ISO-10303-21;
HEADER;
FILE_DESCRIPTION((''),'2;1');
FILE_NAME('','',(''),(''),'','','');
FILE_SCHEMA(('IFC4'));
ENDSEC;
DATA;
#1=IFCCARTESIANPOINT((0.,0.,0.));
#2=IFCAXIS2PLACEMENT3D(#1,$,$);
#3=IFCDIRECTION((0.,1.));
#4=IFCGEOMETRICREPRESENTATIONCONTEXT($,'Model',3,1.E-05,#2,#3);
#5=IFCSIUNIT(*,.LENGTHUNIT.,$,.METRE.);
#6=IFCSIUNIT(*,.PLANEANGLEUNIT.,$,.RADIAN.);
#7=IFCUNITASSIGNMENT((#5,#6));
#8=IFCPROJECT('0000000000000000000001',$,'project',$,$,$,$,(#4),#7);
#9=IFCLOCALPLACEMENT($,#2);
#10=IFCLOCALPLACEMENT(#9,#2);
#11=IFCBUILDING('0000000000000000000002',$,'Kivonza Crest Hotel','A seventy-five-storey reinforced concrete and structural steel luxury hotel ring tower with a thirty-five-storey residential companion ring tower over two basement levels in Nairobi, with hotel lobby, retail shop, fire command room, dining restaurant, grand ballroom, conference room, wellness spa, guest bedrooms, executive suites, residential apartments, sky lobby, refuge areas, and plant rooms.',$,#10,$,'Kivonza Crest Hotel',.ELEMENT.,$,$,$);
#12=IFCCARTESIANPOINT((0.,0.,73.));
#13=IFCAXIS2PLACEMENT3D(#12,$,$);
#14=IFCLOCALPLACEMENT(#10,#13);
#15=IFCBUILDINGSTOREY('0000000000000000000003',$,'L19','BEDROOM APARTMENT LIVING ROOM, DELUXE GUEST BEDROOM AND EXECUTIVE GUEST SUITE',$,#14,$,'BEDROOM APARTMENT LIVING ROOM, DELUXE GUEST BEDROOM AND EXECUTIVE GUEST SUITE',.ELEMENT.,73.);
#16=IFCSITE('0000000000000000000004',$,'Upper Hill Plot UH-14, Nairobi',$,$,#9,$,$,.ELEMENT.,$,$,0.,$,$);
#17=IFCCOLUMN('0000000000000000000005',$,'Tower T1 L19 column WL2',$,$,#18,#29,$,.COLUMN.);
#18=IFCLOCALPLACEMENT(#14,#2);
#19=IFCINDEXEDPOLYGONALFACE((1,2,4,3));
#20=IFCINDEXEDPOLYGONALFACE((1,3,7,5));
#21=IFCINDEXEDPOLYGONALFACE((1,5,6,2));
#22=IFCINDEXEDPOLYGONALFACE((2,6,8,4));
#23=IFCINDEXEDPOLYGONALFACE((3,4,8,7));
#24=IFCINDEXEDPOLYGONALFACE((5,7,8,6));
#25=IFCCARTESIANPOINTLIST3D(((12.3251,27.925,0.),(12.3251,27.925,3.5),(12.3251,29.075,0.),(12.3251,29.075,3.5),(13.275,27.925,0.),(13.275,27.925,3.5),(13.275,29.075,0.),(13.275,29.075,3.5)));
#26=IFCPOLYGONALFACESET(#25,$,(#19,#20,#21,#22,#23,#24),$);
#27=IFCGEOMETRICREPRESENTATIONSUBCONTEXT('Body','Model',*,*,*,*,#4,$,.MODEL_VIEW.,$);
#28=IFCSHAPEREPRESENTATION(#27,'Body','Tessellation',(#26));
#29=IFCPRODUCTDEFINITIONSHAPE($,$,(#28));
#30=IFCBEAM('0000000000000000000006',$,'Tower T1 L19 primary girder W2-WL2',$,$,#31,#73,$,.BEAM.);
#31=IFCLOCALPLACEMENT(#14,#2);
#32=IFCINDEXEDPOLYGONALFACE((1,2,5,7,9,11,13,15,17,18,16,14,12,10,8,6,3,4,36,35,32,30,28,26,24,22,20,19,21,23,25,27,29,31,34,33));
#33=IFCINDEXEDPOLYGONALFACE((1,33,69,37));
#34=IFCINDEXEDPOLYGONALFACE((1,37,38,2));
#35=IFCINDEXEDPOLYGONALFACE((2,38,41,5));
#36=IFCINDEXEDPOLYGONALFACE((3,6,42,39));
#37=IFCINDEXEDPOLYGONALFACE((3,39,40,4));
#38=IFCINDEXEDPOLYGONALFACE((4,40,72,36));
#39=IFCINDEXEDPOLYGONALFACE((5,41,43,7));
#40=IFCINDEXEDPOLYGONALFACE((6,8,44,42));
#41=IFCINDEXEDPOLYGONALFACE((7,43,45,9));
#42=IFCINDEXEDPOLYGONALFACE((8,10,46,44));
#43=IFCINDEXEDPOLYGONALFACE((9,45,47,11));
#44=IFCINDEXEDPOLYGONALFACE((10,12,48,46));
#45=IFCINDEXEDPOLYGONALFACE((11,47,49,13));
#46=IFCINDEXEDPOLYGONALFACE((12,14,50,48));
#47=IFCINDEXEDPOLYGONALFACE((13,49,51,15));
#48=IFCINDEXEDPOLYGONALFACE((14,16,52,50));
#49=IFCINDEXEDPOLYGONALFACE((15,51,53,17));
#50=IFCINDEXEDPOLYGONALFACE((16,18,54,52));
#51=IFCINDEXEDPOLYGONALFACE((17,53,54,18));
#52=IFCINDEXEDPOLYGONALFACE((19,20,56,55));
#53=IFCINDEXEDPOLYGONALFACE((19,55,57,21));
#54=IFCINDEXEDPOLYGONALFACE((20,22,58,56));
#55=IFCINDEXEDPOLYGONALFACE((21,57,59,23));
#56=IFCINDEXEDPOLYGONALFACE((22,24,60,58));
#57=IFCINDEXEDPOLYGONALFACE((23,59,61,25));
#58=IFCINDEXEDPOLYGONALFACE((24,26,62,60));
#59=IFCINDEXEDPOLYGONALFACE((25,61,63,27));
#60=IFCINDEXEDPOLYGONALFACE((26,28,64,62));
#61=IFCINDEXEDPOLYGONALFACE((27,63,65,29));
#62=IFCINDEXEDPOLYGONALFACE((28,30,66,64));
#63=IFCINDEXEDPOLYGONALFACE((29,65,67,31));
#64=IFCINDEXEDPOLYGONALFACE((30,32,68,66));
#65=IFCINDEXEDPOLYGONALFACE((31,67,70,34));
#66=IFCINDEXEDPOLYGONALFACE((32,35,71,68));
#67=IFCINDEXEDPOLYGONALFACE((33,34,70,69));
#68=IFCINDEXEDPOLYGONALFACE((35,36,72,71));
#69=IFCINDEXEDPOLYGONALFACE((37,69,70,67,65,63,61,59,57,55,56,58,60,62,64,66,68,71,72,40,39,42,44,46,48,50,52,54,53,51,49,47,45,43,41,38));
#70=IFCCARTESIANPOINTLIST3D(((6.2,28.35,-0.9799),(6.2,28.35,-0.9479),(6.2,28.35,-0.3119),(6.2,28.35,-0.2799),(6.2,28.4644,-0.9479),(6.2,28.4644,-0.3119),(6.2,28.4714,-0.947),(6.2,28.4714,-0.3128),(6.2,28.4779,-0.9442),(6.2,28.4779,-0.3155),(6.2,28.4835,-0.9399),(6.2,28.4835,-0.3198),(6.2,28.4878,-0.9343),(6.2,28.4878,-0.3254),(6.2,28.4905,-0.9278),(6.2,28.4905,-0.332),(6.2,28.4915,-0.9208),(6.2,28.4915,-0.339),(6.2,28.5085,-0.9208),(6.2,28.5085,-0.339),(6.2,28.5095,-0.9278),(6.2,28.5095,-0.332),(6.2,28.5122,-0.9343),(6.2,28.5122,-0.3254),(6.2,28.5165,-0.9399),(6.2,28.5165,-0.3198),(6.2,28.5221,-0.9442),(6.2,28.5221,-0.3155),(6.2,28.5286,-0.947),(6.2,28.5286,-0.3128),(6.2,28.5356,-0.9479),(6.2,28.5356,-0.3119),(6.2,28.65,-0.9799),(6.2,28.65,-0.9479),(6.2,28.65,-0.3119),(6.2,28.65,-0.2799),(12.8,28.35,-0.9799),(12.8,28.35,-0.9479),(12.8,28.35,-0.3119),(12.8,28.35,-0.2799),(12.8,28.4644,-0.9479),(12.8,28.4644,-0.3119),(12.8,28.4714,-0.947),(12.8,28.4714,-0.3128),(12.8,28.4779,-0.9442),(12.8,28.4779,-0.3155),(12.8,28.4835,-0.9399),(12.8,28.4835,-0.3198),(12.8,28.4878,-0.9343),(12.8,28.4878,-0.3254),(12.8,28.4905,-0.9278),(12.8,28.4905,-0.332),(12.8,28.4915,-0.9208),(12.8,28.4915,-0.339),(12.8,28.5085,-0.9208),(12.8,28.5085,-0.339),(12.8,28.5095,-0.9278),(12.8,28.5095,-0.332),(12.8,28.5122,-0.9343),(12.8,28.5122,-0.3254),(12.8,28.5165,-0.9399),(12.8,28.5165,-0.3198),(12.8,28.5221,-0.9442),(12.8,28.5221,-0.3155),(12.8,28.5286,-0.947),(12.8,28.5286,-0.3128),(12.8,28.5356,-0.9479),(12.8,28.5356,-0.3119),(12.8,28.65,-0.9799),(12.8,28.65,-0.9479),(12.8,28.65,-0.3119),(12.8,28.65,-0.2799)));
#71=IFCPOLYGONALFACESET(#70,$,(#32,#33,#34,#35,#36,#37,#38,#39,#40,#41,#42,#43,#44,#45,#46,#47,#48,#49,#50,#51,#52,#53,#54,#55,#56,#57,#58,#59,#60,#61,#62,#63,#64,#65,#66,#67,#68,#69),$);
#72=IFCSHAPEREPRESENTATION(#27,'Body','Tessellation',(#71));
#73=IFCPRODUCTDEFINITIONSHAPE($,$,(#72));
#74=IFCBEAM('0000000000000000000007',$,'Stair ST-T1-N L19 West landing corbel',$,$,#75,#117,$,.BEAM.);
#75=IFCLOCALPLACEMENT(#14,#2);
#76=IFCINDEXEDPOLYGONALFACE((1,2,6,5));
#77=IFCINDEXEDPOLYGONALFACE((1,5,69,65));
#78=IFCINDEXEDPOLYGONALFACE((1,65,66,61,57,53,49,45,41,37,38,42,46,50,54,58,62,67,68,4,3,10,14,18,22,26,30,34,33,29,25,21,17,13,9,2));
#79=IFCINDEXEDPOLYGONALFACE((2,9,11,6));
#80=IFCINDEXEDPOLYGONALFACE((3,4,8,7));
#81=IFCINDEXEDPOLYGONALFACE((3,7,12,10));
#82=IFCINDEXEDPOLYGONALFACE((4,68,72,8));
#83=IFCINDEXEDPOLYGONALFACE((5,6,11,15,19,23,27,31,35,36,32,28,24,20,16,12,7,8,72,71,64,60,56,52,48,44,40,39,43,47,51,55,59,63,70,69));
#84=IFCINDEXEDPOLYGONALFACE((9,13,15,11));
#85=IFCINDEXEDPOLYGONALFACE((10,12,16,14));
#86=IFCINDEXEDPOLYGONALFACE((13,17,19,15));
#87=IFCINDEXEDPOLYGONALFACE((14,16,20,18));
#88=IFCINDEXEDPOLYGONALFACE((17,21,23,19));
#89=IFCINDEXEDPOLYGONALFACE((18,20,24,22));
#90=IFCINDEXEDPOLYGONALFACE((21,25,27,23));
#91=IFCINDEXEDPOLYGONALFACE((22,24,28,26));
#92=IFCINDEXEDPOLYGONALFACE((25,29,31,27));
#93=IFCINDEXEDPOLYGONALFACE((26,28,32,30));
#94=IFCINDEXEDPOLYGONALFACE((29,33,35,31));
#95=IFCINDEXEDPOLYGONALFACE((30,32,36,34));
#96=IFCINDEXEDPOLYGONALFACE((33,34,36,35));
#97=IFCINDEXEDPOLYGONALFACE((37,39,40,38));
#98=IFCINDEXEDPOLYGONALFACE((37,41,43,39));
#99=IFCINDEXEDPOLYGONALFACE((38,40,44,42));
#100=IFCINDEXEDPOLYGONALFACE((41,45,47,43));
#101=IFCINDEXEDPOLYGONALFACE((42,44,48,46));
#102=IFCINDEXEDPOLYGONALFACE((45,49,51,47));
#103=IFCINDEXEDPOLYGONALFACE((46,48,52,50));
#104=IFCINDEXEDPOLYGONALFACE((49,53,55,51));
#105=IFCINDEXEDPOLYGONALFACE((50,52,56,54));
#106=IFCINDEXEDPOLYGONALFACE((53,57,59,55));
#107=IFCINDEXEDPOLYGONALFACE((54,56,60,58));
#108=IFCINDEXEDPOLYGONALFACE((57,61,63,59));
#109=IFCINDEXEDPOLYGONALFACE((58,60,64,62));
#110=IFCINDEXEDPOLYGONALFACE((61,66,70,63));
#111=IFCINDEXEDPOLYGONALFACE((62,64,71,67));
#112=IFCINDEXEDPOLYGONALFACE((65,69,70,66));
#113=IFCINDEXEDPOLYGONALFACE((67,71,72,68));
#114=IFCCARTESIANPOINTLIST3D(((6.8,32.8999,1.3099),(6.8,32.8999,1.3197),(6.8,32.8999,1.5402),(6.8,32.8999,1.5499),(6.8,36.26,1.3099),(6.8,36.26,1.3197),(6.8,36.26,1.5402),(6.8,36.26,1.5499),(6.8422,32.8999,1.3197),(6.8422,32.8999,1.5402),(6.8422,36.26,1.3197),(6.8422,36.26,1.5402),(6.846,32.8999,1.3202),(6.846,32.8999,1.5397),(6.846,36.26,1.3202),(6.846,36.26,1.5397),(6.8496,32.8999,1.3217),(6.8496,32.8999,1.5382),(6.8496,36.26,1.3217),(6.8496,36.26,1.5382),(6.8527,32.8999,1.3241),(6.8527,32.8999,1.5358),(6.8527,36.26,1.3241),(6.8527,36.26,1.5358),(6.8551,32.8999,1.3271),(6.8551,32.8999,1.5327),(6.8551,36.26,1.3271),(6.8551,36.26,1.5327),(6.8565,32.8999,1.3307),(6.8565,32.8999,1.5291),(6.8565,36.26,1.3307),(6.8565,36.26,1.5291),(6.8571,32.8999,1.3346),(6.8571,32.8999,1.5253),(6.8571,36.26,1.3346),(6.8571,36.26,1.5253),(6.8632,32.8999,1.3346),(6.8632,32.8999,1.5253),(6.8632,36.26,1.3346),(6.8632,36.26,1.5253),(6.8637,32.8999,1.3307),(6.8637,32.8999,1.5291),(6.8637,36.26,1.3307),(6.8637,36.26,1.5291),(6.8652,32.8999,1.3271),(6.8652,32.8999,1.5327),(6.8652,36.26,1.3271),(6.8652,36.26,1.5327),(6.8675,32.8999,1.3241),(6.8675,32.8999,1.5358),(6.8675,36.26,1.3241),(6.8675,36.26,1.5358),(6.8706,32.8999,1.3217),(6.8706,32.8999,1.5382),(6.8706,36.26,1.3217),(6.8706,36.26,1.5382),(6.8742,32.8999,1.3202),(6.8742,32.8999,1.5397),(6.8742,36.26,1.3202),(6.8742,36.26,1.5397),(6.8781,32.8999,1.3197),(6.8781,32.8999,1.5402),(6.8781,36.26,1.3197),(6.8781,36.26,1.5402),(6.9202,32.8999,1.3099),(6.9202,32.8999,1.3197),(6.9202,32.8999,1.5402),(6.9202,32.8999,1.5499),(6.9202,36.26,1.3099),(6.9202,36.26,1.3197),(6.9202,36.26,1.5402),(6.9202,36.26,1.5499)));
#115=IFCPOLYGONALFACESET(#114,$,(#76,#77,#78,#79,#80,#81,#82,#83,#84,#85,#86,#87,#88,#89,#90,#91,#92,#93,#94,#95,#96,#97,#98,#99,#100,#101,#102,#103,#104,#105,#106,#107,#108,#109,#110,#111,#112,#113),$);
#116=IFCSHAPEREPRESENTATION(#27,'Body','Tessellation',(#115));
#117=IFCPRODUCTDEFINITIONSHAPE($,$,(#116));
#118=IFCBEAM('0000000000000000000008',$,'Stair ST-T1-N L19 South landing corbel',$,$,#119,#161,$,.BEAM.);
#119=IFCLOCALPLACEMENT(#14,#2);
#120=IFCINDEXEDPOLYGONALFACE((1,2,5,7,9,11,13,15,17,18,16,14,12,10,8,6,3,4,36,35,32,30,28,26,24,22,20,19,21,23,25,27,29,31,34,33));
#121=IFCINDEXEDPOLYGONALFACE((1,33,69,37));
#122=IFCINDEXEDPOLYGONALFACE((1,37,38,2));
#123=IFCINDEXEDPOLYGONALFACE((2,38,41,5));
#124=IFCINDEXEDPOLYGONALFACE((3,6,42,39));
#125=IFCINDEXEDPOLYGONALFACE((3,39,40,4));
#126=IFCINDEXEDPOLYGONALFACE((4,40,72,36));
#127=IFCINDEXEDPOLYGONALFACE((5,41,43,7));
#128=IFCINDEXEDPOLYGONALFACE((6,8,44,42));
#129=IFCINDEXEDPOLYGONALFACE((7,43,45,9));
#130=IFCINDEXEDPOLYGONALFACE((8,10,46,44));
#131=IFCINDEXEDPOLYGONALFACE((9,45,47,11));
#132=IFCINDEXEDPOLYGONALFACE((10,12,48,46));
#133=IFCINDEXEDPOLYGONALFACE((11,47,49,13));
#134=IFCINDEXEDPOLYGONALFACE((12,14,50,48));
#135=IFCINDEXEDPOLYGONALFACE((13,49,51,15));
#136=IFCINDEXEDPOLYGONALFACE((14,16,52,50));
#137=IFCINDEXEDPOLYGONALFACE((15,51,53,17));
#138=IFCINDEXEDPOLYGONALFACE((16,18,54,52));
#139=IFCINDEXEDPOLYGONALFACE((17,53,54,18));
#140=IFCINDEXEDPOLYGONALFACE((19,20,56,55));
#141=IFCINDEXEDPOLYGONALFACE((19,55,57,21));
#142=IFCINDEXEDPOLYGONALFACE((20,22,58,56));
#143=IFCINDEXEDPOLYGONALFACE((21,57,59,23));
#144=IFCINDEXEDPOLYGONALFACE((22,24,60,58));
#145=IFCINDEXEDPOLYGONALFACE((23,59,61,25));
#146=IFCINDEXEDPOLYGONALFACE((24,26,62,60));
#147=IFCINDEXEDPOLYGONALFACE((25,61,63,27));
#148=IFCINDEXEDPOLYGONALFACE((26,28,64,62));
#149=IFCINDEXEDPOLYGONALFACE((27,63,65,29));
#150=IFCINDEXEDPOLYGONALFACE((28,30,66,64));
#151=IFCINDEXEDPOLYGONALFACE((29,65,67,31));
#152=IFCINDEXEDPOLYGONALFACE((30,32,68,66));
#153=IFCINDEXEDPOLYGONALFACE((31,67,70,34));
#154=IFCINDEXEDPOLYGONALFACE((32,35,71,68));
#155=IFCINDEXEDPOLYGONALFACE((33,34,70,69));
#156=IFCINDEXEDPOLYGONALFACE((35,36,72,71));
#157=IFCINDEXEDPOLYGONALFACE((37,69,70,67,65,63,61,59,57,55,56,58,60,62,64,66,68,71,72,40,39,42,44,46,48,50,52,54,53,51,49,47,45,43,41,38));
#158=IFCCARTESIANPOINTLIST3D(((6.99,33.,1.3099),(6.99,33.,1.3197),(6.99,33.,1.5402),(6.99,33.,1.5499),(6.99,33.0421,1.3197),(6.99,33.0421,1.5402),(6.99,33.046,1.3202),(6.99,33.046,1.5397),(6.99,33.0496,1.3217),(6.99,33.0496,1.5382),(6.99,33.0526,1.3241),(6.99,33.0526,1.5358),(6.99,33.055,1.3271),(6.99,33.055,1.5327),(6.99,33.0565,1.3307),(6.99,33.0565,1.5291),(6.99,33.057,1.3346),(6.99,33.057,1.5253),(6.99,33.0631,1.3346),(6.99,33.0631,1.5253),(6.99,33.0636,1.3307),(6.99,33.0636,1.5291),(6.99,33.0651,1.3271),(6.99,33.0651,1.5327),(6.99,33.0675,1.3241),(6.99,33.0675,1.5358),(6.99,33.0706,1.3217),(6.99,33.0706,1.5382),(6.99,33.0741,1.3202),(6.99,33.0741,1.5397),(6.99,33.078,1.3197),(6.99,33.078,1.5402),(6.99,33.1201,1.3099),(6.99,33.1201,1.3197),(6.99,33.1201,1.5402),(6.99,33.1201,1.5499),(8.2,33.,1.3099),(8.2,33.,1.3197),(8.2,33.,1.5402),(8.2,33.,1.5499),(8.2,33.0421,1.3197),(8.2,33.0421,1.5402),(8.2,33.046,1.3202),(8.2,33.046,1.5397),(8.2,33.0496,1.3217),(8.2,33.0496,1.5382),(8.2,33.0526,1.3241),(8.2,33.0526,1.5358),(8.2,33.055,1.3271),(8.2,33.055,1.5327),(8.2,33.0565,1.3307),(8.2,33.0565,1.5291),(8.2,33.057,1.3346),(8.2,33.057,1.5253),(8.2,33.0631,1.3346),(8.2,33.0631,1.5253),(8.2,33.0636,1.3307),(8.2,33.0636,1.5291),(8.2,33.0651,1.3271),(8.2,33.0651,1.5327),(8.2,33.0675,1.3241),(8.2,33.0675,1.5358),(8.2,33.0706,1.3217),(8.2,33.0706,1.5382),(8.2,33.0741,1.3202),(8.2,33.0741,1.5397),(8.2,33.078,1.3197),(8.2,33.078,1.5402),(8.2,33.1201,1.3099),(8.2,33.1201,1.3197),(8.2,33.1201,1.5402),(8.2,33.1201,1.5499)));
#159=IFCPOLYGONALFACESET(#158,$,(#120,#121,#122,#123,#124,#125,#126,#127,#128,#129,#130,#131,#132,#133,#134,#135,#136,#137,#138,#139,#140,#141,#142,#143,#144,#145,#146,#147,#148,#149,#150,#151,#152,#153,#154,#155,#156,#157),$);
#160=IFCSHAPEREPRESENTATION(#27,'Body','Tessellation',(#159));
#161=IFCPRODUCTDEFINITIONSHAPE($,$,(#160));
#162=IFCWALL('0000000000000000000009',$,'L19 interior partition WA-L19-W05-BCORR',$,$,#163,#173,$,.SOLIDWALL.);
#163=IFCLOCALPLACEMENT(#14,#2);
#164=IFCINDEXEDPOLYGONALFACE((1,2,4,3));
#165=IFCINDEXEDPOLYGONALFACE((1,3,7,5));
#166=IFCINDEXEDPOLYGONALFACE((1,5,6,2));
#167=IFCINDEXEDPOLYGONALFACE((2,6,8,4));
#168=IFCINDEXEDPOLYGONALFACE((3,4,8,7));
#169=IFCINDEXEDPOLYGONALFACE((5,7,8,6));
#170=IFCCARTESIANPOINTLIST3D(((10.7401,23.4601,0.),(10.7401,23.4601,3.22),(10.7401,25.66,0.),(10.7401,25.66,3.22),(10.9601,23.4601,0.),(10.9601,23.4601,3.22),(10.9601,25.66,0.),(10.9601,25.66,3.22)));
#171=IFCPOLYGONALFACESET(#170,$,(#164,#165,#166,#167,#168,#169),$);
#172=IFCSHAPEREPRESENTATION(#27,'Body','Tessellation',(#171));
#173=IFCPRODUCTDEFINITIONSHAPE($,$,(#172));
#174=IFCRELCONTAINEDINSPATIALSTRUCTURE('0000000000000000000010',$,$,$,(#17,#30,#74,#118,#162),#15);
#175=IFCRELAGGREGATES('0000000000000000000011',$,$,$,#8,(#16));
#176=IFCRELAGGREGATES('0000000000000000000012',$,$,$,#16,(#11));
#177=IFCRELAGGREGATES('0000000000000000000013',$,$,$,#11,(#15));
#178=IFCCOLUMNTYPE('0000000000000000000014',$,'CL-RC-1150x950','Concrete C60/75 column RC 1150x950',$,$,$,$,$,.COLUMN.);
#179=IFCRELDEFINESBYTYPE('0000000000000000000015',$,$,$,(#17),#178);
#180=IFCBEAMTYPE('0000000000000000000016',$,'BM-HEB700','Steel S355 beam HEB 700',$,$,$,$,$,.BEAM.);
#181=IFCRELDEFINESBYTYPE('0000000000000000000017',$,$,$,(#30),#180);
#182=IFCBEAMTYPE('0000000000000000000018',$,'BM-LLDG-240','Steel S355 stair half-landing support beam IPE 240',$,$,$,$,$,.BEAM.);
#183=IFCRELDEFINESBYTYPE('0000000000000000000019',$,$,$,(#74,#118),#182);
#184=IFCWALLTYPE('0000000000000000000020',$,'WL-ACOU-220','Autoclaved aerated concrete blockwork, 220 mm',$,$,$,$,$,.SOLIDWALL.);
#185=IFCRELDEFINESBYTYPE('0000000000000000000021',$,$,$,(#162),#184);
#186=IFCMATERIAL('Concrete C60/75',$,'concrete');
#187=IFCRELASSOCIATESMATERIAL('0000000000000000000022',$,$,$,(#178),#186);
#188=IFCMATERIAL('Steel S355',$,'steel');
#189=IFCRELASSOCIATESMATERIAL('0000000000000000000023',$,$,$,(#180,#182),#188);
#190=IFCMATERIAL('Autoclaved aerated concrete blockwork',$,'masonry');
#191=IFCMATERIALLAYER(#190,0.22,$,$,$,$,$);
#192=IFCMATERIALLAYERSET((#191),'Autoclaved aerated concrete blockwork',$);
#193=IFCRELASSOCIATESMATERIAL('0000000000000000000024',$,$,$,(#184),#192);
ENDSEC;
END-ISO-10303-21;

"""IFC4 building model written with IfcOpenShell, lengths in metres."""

from ifc_helpers import new_model, si_unit, direction, frame, frame_2d, origin, origin_2d, place, context, subcontext, project, spatial, rectangle, i_section, extrude, material, layer, layer_set, material_profile, profile_set, type_object, element, save


model = new_model("IFC4")

# Units and contexts
model_context = context("Model", 3, precision=1e-05, world=origin(), true_north=direction((0.0, 1.0)))
body_context = subcontext(model_context, "Body", "Model", "MODEL_VIEW")
ifc_project = project(units=[si_unit("LENGTHUNIT", "METRE"), si_unit("PLANEANGLEUNIT", "RADIAN")], contexts=[model_context])

# Site, building, storey
site_placement = place(None, origin())
site = spatial("IfcSite", under=ifc_project, at=site_placement, Name="Upper Hill Plot UH-14, Nairobi", CompositionType="ELEMENT", RefElevation=0.0)
building_placement = place(site_placement, origin())
building = spatial("IfcBuilding", under=site, at=building_placement, Name="Kivonza Crest Hotel", Description="A seventy-five-storey reinforced concrete and structural steel luxury hotel ring tower with a thirty-five-storey residential companion ring tower over two basement levels in Nairobi, with hotel lobby, retail shop, fire command room, dining restaurant, grand ballroom, conference room, wellness spa, guest bedrooms, executive suites, residential apartments, sky lobby, refuge areas, and plant rooms.", LongName="Kivonza Crest Hotel", CompositionType="ELEMENT")
storey_placement = place(building_placement, frame((0.0, 0.0, 73.0)))
storey = spatial("IfcBuildingStorey", under=building, at=storey_placement, Name="L19", Description="BEDROOM APARTMENT LIVING ROOM, DELUXE GUEST BEDROOM AND EXECUTIVE GUEST SUITE", LongName="BEDROOM APARTMENT LIVING ROOM, DELUXE GUEST BEDROOM AND EXECUTIVE GUEST SUITE", CompositionType="ELEMENT", Elevation=73.0)

# Column
ifc_material_1 = material(Name="Concrete C60/75", Category="concrete")
ifc_material_profile_1 = material_profile(ifc_material_1, rectangle(XDim=0.95, YDim=1.1499, at=origin_2d()), Name="RC 1150x950")
ifc_profile_set_1 = profile_set([ifc_material_profile_1], Name="Concrete C60/75")
column_type = type_object("IfcColumnType", Name="CL-RC-1150x950", Description="Concrete C60/75 column RC 1150x950", PredefinedType="COLUMN", material=ifc_profile_set_1)
column_placement = place(storey_placement, frame((12.8, 28.5, 0.0), z_axis=(0.0, 0.0, 1.0), x_axis=(1.0, 0.0, 0.0)))
element("IfcColumn", 1, at=column_placement, inside=storey, type_object=column_type, Name="Tower T1 L19 column WL2", PredefinedType="COLUMN", context=body_context, shape_type="SweptSolid", body=[
    extrude(rectangle(XDim=0.95, YDim=1.1499, at=origin_2d()), origin(), (0.0, 0.0, 1.0), 3.5),
])

# Beams
ifc_material_2 = material(Name="Steel S355", Category="steel")
ifc_material_profile_2 = material_profile(ifc_material_2, i_section(OverallWidth=0.3, OverallDepth=0.7, WebThickness=0.0171, FlangeThickness=0.032, FilletRadius=0.0271, at=origin_2d()), Name="HEB 700")
ifc_profile_set_2 = profile_set([ifc_material_profile_2], Name="Steel S355")
beam_type_1 = type_object("IfcBeamType", Name="BM-HEB700", Description="Steel S355 beam HEB 700", PredefinedType="BEAM", material=ifc_profile_set_2)
beam_1_placement = place(storey_placement, frame((6.2, 28.5, -0.6299), z_axis=(1.0, 0.0, 0.0), x_axis=(0.0, 1.0, 0.0)))
element("IfcBeam", 2, at=beam_1_placement, inside=storey, type_object=beam_type_1, Name="Tower T1 L19 primary girder W2-WL2", PredefinedType="BEAM", context=body_context, shape_type="SweptSolid", body=[
    extrude(i_section(OverallWidth=0.3, OverallDepth=0.7, WebThickness=0.0171, FlangeThickness=0.032, FilletRadius=0.0271, at=origin_2d()), origin(), (0.0, 0.0, 1.0), 6.6001),
])
ifc_material_profile_3 = material_profile(ifc_material_2, i_section(OverallWidth=0.1201, OverallDepth=0.24, WebThickness=0.0061, FlangeThickness=0.0098, FilletRadius=0.0149, at=origin_2d()), Name="IPE 240")
ifc_profile_set_3 = profile_set([ifc_material_profile_3], Name="Steel S355")
beam_type_2 = type_object("IfcBeamType", Name="BM-LLDG-240", Description="Steel S355 stair half-landing support beam IPE 240", PredefinedType="BEAM", material=ifc_profile_set_3)
beam_2_placement = place(storey_placement, frame((6.8601, 32.8999, 1.4299), z_axis=(0.0, 1.0, 0.0), x_axis=(-1.0, 0.0, 0.0)))
element("IfcBeam", 3, at=beam_2_placement, inside=storey, type_object=beam_type_2, Name="Stair ST-T1-N L19 West landing corbel", PredefinedType="BEAM", context=body_context, shape_type="SweptSolid", body=[
    extrude(i_section(OverallWidth=0.1201, OverallDepth=0.24, WebThickness=0.0061, FlangeThickness=0.0098, FilletRadius=0.0149, at=origin_2d()), origin(), (0.0, 0.0, 1.0), 3.3601),
])
beam_3_placement = place(storey_placement, frame((6.99, 33.0601, 1.4299), z_axis=(1.0, 0.0, 0.0), x_axis=(0.0, 1.0, 0.0)))
element("IfcBeam", 4, at=beam_3_placement, inside=storey, type_object=beam_type_2, Name="Stair ST-T1-N L19 South landing corbel", PredefinedType="BEAM", context=body_context, shape_type="SweptSolid", body=[
    extrude(i_section(OverallWidth=0.1201, OverallDepth=0.24, WebThickness=0.0061, FlangeThickness=0.0098, FilletRadius=0.0149, at=origin_2d()), origin(), (0.0, 0.0, 1.0), 1.21),
])

# Wall
ifc_material_3 = material(Name="Autoclaved aerated concrete blockwork", Category="masonry")
ifc_layer_1 = layer(ifc_material_3, 0.22)
ifc_layer_set_1 = layer_set([ifc_layer_1], Name="Autoclaved aerated concrete blockwork")
wall_type_1 = type_object("IfcWallType", Name="WL-ACOU-220", Description="Autoclaved aerated concrete blockwork, 220 mm", PredefinedType="SOLIDWALL", material=ifc_layer_set_1)
wall_1_placement = place(storey_placement, frame((10.8501, 23.46, 0.0), z_axis=(0.0, 0.0, 1.0), x_axis=(0.0, 1.0, 0.0)))
element("IfcWall", 5, at=wall_1_placement, inside=storey, type_object=wall_type_1, Name="L19 interior partition WA-L19-W05-BCORR", PredefinedType="SOLIDWALL", context=body_context, shape_type="SweptSolid", body=[
    extrude(rectangle(XDim=2.2, YDim=0.22, at=frame_2d((1.1001, 0.0))), origin(), (0.0, 0.0, 1.0), 3.22),
])

save(model, "model.ifc")
